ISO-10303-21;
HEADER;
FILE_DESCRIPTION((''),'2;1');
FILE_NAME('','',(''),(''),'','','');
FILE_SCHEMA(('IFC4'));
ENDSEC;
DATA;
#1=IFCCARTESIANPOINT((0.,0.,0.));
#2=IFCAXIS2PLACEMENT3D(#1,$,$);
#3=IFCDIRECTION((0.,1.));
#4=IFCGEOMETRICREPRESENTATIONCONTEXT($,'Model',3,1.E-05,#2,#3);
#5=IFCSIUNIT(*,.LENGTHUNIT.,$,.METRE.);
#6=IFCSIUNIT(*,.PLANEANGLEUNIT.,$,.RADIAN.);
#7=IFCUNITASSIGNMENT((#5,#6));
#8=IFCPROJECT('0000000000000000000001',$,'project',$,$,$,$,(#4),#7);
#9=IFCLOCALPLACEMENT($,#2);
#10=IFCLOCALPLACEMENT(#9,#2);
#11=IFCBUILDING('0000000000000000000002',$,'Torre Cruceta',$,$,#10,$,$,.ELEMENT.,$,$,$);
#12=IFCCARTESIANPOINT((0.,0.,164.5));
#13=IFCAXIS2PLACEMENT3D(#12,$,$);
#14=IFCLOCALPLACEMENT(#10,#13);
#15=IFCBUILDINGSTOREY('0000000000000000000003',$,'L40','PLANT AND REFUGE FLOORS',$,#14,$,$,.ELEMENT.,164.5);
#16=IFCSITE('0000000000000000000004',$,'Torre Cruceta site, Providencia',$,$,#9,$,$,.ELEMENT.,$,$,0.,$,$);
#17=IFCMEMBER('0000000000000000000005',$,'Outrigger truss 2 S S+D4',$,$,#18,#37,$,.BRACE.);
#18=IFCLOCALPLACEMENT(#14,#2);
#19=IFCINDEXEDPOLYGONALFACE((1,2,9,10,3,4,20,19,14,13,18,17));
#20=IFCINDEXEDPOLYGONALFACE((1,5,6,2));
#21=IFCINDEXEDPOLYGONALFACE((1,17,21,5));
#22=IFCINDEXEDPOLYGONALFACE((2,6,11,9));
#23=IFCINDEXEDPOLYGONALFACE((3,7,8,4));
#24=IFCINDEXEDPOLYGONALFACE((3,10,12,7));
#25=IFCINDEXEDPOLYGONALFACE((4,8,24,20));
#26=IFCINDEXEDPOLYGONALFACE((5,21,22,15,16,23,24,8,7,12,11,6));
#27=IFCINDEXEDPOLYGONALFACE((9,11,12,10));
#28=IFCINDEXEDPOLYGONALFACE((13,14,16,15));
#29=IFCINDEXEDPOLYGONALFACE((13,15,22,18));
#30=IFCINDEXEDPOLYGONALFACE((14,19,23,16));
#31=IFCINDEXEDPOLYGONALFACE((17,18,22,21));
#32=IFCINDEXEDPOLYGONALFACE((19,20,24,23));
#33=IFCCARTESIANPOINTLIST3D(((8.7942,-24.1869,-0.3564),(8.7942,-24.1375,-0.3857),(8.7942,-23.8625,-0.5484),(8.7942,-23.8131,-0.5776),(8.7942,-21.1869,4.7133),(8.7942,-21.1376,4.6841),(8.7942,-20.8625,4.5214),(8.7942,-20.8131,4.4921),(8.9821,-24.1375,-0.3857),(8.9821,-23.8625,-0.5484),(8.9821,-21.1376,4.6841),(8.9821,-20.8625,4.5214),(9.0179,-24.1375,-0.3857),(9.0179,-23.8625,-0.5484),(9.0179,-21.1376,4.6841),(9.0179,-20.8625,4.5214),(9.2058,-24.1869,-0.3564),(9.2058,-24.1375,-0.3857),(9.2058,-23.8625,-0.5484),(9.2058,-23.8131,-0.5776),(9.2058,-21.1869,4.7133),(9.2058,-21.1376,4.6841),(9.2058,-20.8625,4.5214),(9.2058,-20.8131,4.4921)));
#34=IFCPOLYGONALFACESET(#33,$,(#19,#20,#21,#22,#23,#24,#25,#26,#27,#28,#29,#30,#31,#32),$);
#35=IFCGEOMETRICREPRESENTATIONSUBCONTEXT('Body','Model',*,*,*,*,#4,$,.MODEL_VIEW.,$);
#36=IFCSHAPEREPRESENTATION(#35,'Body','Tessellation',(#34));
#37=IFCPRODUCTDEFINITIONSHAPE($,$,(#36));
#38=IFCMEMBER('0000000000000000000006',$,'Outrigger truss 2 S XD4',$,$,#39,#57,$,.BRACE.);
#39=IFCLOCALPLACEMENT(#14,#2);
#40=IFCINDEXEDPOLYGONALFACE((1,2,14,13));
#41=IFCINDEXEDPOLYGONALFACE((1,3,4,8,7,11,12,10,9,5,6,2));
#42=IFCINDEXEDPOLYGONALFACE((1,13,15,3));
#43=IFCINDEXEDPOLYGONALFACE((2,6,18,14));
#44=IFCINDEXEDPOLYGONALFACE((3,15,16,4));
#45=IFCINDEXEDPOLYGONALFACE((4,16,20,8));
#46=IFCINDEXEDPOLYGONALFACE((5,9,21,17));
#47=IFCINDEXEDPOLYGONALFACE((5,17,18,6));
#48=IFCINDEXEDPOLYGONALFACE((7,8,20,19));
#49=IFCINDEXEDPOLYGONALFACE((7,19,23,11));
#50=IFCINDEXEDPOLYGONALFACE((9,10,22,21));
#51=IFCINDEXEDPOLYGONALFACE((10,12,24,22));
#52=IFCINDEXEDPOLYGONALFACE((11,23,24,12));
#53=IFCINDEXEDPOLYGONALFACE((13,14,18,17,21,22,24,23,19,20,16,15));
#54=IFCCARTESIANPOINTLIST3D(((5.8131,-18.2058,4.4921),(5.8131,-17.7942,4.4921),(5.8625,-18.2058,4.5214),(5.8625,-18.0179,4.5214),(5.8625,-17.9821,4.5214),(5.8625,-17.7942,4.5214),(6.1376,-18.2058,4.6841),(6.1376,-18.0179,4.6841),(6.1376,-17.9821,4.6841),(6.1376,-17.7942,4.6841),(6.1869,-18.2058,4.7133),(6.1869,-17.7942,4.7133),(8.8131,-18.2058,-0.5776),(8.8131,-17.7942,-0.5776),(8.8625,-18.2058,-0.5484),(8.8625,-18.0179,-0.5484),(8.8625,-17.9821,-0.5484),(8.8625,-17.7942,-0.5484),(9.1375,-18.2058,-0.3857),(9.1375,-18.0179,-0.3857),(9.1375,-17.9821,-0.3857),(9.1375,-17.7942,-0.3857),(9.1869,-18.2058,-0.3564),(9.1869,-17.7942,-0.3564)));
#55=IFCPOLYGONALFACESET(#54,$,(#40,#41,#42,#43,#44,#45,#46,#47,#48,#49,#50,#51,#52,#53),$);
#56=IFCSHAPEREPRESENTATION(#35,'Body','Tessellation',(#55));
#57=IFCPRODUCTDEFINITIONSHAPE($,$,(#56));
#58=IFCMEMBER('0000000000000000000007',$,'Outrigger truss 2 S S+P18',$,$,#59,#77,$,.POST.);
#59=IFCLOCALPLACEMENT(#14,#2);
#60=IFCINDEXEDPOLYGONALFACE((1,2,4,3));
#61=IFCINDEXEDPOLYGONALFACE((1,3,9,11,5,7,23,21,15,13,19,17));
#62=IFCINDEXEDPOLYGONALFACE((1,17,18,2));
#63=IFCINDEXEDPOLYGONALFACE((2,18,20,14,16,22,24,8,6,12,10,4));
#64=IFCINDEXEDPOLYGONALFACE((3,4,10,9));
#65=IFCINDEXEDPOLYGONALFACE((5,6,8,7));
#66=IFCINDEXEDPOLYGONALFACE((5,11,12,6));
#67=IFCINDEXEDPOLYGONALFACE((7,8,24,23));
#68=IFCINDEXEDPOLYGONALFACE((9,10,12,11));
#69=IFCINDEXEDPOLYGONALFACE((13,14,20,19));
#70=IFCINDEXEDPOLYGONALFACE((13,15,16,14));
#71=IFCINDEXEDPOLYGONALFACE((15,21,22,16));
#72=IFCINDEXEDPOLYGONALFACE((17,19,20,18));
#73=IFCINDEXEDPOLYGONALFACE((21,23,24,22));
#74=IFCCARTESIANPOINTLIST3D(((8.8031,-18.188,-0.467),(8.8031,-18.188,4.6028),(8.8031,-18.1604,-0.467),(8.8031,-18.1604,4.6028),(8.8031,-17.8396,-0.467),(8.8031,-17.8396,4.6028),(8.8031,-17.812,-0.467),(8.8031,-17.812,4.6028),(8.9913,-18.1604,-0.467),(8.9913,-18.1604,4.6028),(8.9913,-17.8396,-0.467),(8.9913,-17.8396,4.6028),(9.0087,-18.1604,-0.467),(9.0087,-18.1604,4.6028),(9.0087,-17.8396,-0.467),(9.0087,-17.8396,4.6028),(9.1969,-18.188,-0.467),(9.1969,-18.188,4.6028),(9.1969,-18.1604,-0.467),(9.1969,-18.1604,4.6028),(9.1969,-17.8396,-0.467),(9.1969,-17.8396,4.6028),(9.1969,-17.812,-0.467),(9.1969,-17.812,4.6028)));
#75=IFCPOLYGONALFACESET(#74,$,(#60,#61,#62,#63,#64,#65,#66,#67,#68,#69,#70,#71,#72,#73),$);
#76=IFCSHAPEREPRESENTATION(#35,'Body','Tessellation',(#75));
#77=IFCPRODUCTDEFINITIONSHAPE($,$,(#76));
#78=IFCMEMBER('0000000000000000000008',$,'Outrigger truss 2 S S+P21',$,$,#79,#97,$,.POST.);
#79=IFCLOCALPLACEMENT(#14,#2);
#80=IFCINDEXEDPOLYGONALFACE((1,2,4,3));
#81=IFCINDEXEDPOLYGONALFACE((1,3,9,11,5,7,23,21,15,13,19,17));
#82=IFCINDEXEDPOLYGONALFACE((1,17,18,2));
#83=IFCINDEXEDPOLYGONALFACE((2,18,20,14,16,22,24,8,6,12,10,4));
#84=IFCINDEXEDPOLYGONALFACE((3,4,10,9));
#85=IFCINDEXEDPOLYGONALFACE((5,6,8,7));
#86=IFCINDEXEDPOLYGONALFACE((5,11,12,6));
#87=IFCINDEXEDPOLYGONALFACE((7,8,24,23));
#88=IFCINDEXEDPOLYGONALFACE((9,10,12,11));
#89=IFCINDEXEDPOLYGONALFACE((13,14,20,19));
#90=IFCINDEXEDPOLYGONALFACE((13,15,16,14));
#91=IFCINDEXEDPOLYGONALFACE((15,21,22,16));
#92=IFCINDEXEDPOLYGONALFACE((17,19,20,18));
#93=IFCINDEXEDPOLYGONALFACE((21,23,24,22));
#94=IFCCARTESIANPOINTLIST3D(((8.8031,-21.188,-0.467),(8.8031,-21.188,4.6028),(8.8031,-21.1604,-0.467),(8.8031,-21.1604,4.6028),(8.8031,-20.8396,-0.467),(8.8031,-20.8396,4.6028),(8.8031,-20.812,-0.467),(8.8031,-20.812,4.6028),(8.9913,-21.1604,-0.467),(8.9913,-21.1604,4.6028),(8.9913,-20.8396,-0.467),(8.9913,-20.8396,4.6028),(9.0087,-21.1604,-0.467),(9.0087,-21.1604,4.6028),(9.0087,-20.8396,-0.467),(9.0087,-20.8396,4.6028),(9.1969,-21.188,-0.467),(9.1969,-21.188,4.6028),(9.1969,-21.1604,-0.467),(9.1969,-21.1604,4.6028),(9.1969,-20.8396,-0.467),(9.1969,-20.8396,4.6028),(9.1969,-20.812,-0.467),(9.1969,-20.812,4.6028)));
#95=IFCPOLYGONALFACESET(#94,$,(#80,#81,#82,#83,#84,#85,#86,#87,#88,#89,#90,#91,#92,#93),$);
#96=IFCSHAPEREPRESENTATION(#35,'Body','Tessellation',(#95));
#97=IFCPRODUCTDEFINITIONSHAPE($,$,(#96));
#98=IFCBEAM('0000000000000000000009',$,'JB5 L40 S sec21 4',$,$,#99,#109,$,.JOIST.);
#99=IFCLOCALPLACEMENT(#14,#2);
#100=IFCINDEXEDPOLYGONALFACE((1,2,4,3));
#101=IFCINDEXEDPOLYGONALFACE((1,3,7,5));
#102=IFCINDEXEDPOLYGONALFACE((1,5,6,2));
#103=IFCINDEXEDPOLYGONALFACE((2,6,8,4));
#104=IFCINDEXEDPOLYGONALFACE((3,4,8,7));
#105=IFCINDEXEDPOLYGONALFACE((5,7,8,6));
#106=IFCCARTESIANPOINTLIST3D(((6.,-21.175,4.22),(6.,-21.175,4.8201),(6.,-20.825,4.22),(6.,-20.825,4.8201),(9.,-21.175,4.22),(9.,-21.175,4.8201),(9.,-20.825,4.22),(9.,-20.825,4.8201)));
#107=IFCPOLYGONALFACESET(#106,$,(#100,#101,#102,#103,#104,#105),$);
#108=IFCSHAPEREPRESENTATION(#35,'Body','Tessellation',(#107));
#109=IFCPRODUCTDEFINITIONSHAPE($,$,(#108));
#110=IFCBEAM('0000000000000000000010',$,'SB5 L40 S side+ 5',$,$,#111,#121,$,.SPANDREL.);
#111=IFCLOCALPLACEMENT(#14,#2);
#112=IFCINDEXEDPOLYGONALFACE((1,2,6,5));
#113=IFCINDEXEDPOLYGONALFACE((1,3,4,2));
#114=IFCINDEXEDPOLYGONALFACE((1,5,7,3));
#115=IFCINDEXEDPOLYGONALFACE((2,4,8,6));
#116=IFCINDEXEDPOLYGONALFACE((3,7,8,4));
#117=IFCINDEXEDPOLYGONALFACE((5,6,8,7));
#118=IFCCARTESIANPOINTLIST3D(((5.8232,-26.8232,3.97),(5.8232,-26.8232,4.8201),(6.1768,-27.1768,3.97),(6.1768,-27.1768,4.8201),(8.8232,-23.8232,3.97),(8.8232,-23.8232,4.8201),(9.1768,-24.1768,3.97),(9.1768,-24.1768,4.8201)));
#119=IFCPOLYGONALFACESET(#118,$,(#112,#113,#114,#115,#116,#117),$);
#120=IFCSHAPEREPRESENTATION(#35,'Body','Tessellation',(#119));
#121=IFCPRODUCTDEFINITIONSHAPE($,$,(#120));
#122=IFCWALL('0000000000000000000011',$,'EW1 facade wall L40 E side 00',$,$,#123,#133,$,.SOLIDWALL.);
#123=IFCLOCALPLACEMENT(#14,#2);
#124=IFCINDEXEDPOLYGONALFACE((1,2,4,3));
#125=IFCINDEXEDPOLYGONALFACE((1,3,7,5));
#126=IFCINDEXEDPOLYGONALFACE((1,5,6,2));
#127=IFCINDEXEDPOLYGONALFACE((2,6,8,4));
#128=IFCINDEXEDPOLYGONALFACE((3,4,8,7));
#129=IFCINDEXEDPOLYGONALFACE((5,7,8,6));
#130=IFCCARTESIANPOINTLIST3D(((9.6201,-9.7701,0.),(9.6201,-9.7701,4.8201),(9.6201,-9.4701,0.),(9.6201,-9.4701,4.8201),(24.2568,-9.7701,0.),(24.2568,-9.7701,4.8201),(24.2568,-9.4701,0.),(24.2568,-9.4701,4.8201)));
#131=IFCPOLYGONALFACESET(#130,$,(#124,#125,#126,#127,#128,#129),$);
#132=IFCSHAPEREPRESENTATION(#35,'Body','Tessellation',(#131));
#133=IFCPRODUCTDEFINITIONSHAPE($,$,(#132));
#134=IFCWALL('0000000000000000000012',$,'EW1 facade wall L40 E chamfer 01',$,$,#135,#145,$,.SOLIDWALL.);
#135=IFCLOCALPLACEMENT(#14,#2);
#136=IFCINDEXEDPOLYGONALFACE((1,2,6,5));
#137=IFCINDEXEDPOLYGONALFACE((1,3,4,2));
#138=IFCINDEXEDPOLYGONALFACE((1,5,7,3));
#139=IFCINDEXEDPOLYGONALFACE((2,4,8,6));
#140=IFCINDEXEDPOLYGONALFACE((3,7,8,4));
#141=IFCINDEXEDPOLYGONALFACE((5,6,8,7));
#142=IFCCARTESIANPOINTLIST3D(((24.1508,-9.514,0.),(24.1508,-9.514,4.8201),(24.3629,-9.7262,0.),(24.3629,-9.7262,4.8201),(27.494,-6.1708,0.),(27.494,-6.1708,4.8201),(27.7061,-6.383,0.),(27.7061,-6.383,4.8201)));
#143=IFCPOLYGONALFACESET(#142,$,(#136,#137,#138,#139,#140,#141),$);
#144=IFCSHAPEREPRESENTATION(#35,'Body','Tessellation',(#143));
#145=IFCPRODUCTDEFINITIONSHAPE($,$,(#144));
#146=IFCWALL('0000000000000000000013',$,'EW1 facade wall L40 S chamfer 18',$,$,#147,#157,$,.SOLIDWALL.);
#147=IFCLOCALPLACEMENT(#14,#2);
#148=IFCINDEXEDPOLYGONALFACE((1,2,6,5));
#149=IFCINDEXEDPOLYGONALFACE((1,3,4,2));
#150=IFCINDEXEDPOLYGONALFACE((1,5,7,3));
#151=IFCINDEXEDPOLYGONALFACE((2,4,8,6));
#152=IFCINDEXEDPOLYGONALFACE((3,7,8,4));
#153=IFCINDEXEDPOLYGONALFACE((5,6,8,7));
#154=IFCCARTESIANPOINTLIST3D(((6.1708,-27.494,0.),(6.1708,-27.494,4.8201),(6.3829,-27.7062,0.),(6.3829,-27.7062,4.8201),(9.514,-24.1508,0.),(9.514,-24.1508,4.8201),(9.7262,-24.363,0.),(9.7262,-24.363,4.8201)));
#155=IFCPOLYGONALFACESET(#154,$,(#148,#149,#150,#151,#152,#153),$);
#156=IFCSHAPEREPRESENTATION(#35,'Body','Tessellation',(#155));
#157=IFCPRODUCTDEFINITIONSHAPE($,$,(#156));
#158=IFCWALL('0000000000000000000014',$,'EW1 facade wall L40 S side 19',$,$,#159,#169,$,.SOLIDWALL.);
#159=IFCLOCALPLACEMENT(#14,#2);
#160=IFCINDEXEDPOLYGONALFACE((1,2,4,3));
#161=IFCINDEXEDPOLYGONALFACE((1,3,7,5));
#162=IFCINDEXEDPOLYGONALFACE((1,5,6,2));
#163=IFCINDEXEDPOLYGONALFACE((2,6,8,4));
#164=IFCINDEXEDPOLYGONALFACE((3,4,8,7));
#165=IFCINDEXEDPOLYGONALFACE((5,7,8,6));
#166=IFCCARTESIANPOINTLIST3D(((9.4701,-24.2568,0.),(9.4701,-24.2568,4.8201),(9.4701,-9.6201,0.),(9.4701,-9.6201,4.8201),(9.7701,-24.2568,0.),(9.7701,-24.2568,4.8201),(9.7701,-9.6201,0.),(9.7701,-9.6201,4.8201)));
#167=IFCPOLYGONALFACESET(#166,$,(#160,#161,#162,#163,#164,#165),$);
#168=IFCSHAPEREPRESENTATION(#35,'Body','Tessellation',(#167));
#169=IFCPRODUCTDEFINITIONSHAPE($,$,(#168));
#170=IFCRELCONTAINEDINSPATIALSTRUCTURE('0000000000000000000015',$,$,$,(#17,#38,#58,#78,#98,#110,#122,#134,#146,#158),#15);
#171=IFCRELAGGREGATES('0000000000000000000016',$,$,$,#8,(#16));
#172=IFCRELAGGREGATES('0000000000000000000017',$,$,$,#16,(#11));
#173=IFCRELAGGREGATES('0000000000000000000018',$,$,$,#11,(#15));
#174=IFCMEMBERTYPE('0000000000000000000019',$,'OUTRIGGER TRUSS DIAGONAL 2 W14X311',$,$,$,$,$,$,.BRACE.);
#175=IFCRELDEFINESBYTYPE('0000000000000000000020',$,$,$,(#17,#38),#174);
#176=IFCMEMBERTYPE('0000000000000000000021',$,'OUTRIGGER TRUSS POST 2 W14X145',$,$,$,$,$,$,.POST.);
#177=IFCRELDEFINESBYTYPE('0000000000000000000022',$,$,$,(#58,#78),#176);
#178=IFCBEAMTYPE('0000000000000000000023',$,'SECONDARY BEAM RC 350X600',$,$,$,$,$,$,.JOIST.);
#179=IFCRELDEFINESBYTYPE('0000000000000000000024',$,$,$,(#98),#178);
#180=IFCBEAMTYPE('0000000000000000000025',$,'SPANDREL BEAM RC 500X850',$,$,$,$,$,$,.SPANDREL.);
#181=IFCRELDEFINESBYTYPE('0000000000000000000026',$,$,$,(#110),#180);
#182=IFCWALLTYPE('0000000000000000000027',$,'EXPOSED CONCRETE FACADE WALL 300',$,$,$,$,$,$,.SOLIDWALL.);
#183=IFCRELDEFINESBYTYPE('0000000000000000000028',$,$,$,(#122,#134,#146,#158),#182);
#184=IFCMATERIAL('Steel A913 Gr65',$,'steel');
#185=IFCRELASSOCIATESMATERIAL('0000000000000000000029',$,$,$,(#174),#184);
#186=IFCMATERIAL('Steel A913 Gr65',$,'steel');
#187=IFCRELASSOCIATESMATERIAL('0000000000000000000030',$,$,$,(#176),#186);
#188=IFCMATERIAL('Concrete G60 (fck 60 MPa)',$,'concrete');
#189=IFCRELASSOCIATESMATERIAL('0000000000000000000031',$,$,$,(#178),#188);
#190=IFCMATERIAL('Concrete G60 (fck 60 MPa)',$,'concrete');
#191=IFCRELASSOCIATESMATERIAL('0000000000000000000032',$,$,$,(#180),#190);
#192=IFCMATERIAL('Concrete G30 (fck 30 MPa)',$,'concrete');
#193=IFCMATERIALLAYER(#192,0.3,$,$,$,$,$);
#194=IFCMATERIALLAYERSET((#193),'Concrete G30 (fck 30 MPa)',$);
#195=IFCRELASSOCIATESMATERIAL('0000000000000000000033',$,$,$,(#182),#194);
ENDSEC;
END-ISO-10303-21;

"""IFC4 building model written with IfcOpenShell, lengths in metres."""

from ifc_helpers import new_model, si_unit, direction, frame, frame_2d, origin, origin_2d, place, context, subcontext, project, spatial, rectangle, i_section, extrude, material, layer, layer_set, material_profile, profile_set, type_object, element, save


model = new_model("IFC4")

# Units and contexts
model_context = context("Model", 3, precision=1e-05, world=origin(), true_north=direction((0.0, 1.0)))
body_context = subcontext(model_context, "Body", "Model", "MODEL_VIEW")
ifc_project = project(units=[si_unit("LENGTHUNIT", "METRE"), si_unit("PLANEANGLEUNIT", "RADIAN")], contexts=[model_context])

# Site, building, storey
site_placement = place(None, origin())
site = spatial("IfcSite", under=ifc_project, at=site_placement, Name="Torre Cruceta site, Providencia", CompositionType="ELEMENT", RefElevation=0.0)
building_placement = place(site_placement, origin())
building = spatial("IfcBuilding", under=site, at=building_placement, Name="Torre Cruceta", CompositionType="ELEMENT")
storey_placement = place(building_placement, frame((0.0, 0.0, 164.5)))
storey = spatial("IfcBuildingStorey", under=building, at=storey_placement, Name="L40", Description="PLANT AND REFUGE FLOORS", CompositionType="ELEMENT", Elevation=164.5)

# Members
ifc_material_1 = material(Name="Steel A913 Gr65", Category="steel")
ifc_material_profile_1 = material_profile(ifc_material_1, i_section(OverallWidth=0.4116, OverallDepth=0.4343, WebThickness=0.0359, FlangeThickness=0.0574, at=origin_2d()), Name="W14X311")
ifc_profile_set_1 = profile_set([ifc_material_profile_1], Name="Steel A913 Gr65")
member_type_1 = type_object("IfcMemberType", Name="OUTRIGGER TRUSS DIAGONAL 2 W14X311", PredefinedType="BRACE", material=ifc_profile_set_1)
for number, where, z_axis, x_axis, name in (
    (1, (9.0, -24.0, -0.467), (0.0, 0.509257, 0.860614), (-1.0, 0.0, 0.0), "Outrigger truss 2 S S+D4"),
    (2, (9.0, -18.0, -0.467), (-0.509257, 0.0, 0.860614), (0.0, -1.0, 0.0), "Outrigger truss 2 S XD4"),
):
    element("IfcMember", number, at=place(storey_placement, frame(where, z_axis=z_axis, x_axis=x_axis)), inside=storey, type_object=member_type_1, Name=name, PredefinedType="BRACE", context=body_context, shape_type="SweptSolid", body=[
        extrude(i_section(OverallWidth=0.4116, OverallDepth=0.4343, WebThickness=0.0359, FlangeThickness=0.0574, at=origin_2d()), origin(), (0.0, 0.0, 1.0), 5.8909),
    ])
ifc_material_2 = material(Name="Steel A913 Gr65", Category="steel")
ifc_material_profile_2 = material_profile(ifc_material_2, i_section(OverallWidth=0.3938, OverallDepth=0.376, WebThickness=0.0173, FlangeThickness=0.0276, at=origin_2d()), Name="W14X145")
ifc_profile_set_2 = profile_set([ifc_material_profile_2], Name="Steel A913 Gr65")
member_type_2 = type_object("IfcMemberType", Name="OUTRIGGER TRUSS POST 2 W14X145", PredefinedType="POST", material=ifc_profile_set_2)
for number, where, z_axis, x_axis, name in (
    (3, (9.0, -18.0, -0.467), (0.0, 0.0, 1.0), (1.0, 0.0, 0.0), "Outrigger truss 2 S S+P18"),
    (4, (9.0, -21.0, -0.467), (0.0, 0.0, 1.0), (1.0, 0.0, 0.0), "Outrigger truss 2 S S+P21"),
):
    element("IfcMember", number, at=place(storey_placement, frame(where, z_axis=z_axis, x_axis=x_axis)), inside=storey, type_object=member_type_2, Name=name, PredefinedType="POST", context=body_context, shape_type="SweptSolid", body=[
        extrude(i_section(OverallWidth=0.3938, OverallDepth=0.376, WebThickness=0.0173, FlangeThickness=0.0276, at=origin_2d()), origin(), (0.0, 0.0, 1.0), 5.0698),
    ])

# Beams
ifc_material_3 = material(Name="Concrete G60 (fck 60 MPa)", Category="concrete")
ifc_material_profile_3 = material_profile(ifc_material_3, rectangle(XDim=0.3501, YDim=0.6001, at=origin_2d()), Name="RC 350X600")
ifc_profile_set_3 = profile_set([ifc_material_profile_3], Name="Concrete G60 (fck 60 MPa)")
beam_type_1 = type_object("IfcBeamType", Name="SECONDARY BEAM RC 350X600", PredefinedType="JOIST", material=ifc_profile_set_3)
beam_1_placement = place(storey_placement, frame((6.0, -21.0, 4.52), z_axis=(1.0, 0.0, 0.0), x_axis=(0.0, 1.0, 0.0)))
element("IfcBeam", 5, at=beam_1_placement, inside=storey, type_object=beam_type_1, Name="JB5 L40 S sec21 4", PredefinedType="JOIST", context=body_context, shape_type="SweptSolid", body=[
    extrude(rectangle(XDim=0.3501, YDim=0.6001, at=origin_2d()), origin(), (0.0, 0.0, 1.0), 3.0),
])
ifc_material_4 = material(Name="Concrete G60 (fck 60 MPa)", Category="concrete")
ifc_material_profile_4 = material_profile(ifc_material_4, rectangle(XDim=0.5, YDim=0.8501, at=origin_2d()), Name="RC 500X850")
ifc_profile_set_4 = profile_set([ifc_material_profile_4], Name="Concrete G60 (fck 60 MPa)")
beam_type_2 = type_object("IfcBeamType", Name="SPANDREL BEAM RC 500X850", PredefinedType="SPANDREL", material=ifc_profile_set_4)
beam_2_placement = place(storey_placement, frame((9.0, -24.0, 4.395), z_axis=(-0.707107, -0.707107, 0.0), x_axis=(0.707107, -0.707107, 0.0)))
element("IfcBeam", 6, at=beam_2_placement, inside=storey, type_object=beam_type_2, Name="SB5 L40 S side+ 5", PredefinedType="SPANDREL", context=body_context, shape_type="SweptSolid", body=[
    extrude(rectangle(XDim=0.5, YDim=0.8501, at=origin_2d()), origin(), (0.0, 0.0, 1.0), 4.2427),
])

# Walls
ifc_material_5 = material(Name="Concrete G30 (fck 30 MPa)", Category="concrete")
ifc_layer_1 = layer(ifc_material_5, 0.3)
ifc_layer_set_1 = layer_set([ifc_layer_1], Name="Concrete G30 (fck 30 MPa)")
wall_type_1 = type_object("IfcWallType", Name="EXPOSED CONCRETE FACADE WALL 300", PredefinedType="SOLIDWALL", material=ifc_layer_set_1)
wall_1_placement = place(storey_placement, frame((9.6201, -9.6201, 0.0), z_axis=(0.0, 0.0, 1.0), x_axis=(1.0, 0.0, 0.0)))
element("IfcWall", 7, at=wall_1_placement, inside=storey, type_object=wall_type_1, Name="EW1 facade wall L40 E side 00", PredefinedType="SOLIDWALL", context=body_context, shape_type="SweptSolid", body=[
    extrude(rectangle(XDim=14.6367, YDim=0.3, at=frame_2d((7.3184, 0.0))), origin(), (0.0, 0.0, 1.0), 4.8201),
])
for number, where, z_axis, x_axis, name in (
    (8, (24.2568, -9.6201, 0.0), (0.0, 0.0, 1.0), (0.707107, 0.707107, 0.0), "EW1 facade wall L40 E chamfer 01"),
    (9, (6.2769, -27.6001, 0.0), (0.0, 0.0, 1.0), (0.707107, 0.707107, 0.0), "EW1 facade wall L40 S chamfer 18"),
):
    element("IfcWall", number, at=place(storey_placement, frame(where, z_axis=z_axis, x_axis=x_axis)), inside=storey, type_object=wall_type_1, Name=name, PredefinedType="SOLIDWALL", context=body_context, shape_type="SweptSolid", body=[
        extrude(rectangle(XDim=4.728, YDim=0.3, at=frame_2d((2.364, 0.0))), origin(), (0.0, 0.0, 1.0), 4.8201),
    ])
wall_2_placement = place(storey_placement, frame((9.6201, -24.2568, 0.0), z_axis=(0.0, 0.0, 1.0), x_axis=(0.0, 1.0, 0.0)))
element("IfcWall", 10, at=wall_2_placement, inside=storey, type_object=wall_type_1, Name="EW1 facade wall L40 S side 19", PredefinedType="SOLIDWALL", context=body_context, shape_type="SweptSolid", body=[
    extrude(rectangle(XDim=14.6367, YDim=0.3, at=frame_2d((7.3184, 0.0))), origin(), (0.0, 0.0, 1.0), 4.8201),
])

save(model, "model.ifc")
